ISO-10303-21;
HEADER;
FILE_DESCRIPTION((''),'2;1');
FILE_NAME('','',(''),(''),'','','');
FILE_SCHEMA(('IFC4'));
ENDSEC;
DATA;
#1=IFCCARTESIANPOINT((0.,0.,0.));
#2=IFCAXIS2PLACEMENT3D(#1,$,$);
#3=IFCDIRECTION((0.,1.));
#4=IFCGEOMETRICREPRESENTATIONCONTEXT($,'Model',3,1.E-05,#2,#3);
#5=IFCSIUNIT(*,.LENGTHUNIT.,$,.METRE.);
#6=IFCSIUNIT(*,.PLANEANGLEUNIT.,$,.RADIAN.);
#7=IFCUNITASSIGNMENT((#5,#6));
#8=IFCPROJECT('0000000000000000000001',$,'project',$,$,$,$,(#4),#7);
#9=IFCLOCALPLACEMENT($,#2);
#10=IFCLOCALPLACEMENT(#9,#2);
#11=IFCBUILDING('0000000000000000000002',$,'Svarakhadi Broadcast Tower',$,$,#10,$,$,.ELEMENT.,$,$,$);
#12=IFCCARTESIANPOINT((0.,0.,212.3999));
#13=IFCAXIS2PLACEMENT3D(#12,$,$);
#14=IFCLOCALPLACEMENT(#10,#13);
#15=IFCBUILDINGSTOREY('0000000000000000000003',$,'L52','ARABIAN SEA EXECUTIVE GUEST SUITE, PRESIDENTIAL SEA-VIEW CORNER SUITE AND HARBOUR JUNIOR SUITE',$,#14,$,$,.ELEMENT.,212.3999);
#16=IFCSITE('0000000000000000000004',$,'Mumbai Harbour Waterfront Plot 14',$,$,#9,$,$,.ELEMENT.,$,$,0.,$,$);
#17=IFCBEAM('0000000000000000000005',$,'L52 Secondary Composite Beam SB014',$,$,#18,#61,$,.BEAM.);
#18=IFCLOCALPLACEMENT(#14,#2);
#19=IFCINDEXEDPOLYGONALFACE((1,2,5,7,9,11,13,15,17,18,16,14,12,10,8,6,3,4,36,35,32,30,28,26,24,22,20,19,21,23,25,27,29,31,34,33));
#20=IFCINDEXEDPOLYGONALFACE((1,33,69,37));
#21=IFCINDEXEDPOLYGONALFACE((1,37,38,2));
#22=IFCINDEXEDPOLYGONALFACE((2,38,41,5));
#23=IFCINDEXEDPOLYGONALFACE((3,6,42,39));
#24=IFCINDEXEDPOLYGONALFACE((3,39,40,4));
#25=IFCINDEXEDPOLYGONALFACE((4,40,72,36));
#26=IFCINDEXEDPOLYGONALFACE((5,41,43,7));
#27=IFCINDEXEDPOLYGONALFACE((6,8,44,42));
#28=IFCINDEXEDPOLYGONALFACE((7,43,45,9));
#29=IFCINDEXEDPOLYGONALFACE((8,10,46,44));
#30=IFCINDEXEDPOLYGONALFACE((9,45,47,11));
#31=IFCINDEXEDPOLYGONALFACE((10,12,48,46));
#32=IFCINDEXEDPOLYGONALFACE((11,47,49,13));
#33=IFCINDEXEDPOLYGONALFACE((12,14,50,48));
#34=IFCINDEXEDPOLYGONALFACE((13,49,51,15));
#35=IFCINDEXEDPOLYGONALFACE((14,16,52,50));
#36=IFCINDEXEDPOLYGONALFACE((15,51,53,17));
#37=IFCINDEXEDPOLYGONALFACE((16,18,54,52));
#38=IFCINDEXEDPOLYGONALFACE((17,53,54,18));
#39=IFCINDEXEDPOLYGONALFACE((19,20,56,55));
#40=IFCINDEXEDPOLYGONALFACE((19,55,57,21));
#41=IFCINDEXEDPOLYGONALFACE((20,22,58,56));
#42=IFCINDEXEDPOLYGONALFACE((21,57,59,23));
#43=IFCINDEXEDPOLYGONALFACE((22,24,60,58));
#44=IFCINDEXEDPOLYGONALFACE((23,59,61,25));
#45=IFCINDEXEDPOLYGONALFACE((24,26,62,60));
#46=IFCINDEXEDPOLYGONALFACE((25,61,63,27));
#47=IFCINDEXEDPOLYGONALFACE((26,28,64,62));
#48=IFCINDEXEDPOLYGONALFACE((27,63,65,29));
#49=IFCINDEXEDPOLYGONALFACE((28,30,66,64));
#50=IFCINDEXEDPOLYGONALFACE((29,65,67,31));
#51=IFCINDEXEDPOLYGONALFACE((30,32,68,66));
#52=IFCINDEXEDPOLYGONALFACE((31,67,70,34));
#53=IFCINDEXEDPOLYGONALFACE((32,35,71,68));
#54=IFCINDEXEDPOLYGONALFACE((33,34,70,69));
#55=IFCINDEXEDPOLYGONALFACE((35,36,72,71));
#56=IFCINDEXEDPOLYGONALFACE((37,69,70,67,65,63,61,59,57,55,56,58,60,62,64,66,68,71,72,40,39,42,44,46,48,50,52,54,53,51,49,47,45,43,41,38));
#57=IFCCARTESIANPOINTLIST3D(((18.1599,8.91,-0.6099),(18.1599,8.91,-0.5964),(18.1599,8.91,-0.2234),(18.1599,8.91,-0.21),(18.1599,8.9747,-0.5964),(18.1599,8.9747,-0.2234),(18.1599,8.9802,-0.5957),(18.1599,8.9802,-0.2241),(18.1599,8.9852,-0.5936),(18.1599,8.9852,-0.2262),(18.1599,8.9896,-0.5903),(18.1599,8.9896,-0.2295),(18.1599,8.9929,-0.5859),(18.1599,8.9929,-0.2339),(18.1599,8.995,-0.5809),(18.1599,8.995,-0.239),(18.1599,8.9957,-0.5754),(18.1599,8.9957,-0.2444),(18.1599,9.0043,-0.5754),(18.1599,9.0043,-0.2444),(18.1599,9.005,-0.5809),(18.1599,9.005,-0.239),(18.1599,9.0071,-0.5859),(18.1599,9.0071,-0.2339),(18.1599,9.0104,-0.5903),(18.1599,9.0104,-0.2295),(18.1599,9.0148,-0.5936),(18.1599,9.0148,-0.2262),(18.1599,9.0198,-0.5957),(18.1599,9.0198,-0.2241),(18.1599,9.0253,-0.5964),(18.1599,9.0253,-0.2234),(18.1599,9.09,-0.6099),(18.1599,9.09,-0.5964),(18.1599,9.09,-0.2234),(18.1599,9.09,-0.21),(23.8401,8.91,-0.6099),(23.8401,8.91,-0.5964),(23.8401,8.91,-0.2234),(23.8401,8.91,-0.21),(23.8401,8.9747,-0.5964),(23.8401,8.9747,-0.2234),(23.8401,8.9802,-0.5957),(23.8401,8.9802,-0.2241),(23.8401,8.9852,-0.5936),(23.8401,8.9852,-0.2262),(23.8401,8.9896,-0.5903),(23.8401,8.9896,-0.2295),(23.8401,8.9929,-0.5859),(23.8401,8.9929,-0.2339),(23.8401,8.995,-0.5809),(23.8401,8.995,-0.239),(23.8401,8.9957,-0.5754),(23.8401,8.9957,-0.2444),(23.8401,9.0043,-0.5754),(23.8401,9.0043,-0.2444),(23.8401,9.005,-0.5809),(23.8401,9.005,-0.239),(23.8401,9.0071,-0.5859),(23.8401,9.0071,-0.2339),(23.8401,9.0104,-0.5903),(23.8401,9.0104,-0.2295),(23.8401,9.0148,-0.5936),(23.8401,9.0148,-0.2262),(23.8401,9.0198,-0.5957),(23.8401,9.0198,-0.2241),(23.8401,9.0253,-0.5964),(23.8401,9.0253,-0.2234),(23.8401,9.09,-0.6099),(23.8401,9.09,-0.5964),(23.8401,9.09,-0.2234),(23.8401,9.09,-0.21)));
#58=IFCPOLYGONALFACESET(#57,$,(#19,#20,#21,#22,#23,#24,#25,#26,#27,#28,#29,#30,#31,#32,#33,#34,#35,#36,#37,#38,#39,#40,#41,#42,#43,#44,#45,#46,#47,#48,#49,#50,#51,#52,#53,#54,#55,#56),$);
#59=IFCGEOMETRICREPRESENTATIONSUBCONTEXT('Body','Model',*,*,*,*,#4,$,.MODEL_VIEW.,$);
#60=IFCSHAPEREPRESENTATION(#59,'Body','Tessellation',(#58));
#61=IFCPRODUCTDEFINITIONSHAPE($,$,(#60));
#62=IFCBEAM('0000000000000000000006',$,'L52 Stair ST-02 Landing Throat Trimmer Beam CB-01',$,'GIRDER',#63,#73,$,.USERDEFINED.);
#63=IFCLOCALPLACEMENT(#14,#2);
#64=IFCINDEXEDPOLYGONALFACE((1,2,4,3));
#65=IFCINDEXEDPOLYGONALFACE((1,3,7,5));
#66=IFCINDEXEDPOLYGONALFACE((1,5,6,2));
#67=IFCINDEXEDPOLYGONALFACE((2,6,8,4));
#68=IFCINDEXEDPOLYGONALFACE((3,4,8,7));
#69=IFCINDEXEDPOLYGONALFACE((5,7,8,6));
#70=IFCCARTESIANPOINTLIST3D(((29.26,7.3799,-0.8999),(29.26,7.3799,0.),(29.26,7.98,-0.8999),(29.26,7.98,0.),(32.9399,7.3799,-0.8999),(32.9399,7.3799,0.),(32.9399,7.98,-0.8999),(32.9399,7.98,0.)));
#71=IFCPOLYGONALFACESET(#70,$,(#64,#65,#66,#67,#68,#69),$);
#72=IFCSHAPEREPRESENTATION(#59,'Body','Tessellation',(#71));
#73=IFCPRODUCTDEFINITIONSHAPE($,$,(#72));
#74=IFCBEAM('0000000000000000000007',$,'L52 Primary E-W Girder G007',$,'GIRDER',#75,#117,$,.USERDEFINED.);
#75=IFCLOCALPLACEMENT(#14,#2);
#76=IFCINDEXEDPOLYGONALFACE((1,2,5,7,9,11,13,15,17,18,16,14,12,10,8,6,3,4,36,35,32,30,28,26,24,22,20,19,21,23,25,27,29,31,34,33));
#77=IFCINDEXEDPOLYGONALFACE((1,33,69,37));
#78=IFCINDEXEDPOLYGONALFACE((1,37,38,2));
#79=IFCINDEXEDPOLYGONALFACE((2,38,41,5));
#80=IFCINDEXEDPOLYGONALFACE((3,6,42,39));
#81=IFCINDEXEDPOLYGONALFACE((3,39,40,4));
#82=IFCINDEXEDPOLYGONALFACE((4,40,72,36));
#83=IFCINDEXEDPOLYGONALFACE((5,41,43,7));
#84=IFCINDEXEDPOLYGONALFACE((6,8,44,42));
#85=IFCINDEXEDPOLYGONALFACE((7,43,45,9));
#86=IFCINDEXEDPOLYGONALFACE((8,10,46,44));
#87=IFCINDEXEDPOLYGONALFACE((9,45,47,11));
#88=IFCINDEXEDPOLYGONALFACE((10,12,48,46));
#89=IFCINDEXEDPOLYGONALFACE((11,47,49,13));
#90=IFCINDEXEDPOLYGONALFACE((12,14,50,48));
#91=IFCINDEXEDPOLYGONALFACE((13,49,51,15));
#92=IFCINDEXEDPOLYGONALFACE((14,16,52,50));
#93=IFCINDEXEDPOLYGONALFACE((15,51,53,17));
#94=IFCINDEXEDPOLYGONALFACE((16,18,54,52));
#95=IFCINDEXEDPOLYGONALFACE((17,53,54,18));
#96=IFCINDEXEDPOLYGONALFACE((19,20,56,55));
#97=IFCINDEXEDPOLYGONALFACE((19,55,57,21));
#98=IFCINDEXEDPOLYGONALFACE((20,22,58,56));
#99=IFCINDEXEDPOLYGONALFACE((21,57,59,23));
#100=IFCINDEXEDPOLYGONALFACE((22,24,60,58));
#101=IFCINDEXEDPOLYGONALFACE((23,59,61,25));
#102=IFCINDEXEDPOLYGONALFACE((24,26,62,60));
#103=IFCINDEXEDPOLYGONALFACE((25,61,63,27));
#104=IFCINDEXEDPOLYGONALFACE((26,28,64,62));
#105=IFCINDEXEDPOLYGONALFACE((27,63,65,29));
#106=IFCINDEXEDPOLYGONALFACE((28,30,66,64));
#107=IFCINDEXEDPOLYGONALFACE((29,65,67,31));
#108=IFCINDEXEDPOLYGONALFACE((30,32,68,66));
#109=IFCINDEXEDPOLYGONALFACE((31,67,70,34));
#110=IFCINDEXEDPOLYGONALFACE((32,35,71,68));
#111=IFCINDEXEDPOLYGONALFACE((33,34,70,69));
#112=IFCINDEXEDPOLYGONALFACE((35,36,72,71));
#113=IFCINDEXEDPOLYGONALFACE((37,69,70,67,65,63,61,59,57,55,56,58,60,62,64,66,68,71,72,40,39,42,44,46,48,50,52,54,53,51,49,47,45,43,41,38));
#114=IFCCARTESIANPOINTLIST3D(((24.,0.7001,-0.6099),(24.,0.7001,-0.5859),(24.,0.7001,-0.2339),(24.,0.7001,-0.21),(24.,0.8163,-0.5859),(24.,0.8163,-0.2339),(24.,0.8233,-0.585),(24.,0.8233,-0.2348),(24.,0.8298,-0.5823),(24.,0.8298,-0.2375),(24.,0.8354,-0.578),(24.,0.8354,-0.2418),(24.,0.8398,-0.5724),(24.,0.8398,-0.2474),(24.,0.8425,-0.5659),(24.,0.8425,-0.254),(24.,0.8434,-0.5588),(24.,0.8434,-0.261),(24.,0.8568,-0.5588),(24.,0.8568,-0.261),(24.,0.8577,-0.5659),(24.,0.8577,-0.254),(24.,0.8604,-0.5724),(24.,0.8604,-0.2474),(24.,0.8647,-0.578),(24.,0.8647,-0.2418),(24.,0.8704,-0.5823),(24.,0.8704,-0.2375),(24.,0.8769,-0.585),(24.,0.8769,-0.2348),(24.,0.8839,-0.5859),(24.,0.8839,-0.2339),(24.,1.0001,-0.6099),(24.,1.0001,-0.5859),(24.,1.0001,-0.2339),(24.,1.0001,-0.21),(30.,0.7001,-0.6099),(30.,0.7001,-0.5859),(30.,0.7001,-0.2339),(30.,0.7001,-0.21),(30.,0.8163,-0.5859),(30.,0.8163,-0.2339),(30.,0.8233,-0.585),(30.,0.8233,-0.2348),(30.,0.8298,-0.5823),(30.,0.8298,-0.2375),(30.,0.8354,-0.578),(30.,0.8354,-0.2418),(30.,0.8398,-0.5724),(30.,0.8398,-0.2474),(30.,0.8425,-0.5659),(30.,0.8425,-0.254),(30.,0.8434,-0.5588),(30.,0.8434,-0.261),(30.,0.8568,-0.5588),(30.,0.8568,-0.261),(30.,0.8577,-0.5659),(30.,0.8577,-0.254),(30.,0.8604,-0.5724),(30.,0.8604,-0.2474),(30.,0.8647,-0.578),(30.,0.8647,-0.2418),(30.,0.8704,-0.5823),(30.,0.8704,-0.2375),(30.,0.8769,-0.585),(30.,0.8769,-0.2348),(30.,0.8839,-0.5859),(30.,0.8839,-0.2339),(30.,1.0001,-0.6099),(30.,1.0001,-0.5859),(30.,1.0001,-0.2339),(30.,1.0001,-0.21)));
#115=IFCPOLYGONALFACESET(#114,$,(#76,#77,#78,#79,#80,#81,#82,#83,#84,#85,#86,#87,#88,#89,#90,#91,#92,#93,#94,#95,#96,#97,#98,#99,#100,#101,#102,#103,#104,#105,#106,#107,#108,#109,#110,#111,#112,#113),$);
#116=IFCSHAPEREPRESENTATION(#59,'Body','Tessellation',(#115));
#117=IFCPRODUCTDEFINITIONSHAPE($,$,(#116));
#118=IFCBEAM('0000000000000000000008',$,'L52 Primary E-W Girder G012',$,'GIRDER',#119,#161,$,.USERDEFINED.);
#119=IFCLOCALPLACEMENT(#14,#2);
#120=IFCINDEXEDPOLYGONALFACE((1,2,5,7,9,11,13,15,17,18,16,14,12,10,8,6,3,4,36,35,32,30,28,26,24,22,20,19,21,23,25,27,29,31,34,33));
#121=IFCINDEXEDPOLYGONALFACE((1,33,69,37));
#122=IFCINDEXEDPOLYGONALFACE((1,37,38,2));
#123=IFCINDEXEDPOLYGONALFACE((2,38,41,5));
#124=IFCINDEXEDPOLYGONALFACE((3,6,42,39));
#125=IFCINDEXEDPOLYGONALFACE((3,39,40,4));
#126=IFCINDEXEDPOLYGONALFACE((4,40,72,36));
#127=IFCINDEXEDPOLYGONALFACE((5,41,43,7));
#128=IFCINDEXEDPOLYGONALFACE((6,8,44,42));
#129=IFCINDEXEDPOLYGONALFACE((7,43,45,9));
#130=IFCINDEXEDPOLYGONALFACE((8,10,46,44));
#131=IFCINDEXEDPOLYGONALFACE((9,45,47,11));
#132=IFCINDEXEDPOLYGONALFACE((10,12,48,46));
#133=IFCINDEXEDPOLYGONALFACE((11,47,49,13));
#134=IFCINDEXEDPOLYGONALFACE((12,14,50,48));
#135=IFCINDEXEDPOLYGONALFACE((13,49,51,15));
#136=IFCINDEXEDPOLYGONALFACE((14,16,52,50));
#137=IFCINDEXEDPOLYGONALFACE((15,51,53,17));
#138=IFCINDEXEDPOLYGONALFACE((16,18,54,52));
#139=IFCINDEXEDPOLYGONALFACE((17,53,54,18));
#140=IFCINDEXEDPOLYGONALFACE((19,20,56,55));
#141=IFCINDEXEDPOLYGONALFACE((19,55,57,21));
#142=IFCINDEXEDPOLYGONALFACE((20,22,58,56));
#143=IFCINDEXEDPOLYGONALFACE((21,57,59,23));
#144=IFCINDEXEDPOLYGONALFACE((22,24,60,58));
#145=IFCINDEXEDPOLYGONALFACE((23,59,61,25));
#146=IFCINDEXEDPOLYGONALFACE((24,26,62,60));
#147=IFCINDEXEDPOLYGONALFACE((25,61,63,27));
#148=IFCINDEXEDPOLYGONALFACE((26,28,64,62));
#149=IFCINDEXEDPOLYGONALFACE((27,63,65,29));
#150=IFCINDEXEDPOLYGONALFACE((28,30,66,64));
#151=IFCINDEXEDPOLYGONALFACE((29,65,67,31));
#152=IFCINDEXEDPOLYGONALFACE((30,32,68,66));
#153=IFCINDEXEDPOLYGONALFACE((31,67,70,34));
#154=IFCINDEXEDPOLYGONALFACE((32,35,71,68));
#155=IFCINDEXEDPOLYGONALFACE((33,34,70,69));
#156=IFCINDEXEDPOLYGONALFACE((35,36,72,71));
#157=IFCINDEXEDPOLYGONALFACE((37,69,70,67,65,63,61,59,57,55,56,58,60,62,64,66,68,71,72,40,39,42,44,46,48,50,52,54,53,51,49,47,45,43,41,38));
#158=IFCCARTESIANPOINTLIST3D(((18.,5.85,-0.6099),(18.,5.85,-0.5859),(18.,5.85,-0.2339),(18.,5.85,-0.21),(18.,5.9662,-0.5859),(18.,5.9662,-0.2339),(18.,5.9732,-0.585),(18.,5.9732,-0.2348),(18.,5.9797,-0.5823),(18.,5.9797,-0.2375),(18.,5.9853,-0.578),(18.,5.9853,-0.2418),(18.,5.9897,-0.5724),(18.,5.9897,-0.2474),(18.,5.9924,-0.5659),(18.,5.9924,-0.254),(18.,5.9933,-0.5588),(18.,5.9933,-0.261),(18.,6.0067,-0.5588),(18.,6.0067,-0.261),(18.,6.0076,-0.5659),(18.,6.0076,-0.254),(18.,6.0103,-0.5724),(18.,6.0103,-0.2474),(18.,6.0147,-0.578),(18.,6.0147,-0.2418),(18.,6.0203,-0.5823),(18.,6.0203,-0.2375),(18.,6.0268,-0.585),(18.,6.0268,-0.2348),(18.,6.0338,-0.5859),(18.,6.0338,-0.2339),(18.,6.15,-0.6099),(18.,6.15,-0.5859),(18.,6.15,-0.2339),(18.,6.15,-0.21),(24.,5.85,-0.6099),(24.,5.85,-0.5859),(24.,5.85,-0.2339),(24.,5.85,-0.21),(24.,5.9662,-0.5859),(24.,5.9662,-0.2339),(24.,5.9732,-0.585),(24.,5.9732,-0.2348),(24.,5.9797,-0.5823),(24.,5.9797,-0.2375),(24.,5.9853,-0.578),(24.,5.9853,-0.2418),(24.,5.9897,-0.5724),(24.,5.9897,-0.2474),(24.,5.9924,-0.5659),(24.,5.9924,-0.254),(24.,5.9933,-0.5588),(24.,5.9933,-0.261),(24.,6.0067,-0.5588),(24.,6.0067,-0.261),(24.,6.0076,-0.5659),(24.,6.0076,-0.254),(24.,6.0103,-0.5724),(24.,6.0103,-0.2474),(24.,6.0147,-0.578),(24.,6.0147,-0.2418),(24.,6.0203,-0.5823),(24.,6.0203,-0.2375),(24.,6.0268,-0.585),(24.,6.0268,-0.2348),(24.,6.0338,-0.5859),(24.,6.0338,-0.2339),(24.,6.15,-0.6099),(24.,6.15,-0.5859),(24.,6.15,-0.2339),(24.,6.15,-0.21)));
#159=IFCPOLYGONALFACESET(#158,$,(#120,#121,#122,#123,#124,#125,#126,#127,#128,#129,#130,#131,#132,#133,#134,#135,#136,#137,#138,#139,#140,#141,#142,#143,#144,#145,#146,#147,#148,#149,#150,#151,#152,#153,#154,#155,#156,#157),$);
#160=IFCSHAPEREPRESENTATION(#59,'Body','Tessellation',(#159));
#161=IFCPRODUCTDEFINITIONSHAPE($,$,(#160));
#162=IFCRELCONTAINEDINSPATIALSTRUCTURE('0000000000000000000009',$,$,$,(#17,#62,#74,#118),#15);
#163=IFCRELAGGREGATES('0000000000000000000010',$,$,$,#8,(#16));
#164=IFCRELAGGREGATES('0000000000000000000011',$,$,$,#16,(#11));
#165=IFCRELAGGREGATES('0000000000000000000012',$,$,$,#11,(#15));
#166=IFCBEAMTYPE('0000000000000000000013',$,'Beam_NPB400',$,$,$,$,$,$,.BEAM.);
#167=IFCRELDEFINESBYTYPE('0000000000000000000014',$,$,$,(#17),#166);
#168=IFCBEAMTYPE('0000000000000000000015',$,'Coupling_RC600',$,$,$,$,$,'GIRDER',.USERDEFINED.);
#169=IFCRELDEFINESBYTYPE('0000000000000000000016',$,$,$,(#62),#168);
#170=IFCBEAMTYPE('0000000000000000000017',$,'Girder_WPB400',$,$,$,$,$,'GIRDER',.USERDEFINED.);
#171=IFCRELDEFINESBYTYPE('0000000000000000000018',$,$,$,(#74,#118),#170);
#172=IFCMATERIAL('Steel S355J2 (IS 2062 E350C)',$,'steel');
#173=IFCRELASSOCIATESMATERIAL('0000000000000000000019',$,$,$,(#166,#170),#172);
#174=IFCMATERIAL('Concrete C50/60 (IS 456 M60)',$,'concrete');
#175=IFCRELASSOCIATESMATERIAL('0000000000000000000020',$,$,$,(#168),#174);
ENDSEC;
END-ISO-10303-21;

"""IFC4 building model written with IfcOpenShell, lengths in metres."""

from ifc_helpers import new_model, si_unit, direction, frame, origin, origin_2d, place, context, subcontext, project, spatial, rectangle, i_section, extrude, material, material_profile, profile_set, type_object, element, save


model = new_model("IFC4")

# Units and contexts
model_context = context("Model", 3, precision=1e-05, world=origin(), true_north=direction((0.0, 1.0)))
body_context = subcontext(model_context, "Body", "Model", "MODEL_VIEW")
ifc_project = project(units=[si_unit("LENGTHUNIT", "METRE"), si_unit("PLANEANGLEUNIT", "RADIAN")], contexts=[model_context])

# Site, building, storey
site_placement = place(None, origin())
site = spatial("IfcSite", under=ifc_project, at=site_placement, Name="Mumbai Harbour Waterfront Plot 14", CompositionType="ELEMENT", RefElevation=0.0)
building_placement = place(site_placement, origin())
building = spatial("IfcBuilding", under=site, at=building_placement, Name="Svarakhadi Broadcast Tower", CompositionType="ELEMENT")
storey_placement = place(building_placement, frame((0.0, 0.0, 212.3999)))
storey = spatial("IfcBuildingStorey", under=building, at=storey_placement, Name="L52", Description="ARABIAN SEA EXECUTIVE GUEST SUITE, PRESIDENTIAL SEA-VIEW CORNER SUITE AND HARBOUR JUNIOR SUITE", CompositionType="ELEMENT", Elevation=212.3999)

# Shared definitions
ifc_material_1 = material(Name="Concrete C50/60 (IS 456 M60)", Category="concrete")

# Beams
ifc_material_2 = material(Name="Steel S355J2 (IS 2062 E350C)", Category="steel")
ifc_material_profile_1 = material_profile(ifc_material_2, i_section(OverallWidth=0.1799, OverallDepth=0.3999, WebThickness=0.0085, FlangeThickness=0.0134, FilletRadius=0.021, at=origin_2d()), Name="NPB 400x180x66")
ifc_profile_set_1 = profile_set([ifc_material_profile_1], Name="Steel S355J2 (IS 2062 E350C)")
beam_type_1 = type_object("IfcBeamType", Name="Beam_NPB400", PredefinedType="BEAM", material=ifc_profile_set_1)
for number, where, z_axis, x_axis, name in (
    (1, (18.1599, 9.0, -0.4099), (1.0, 0.0, 0.0), (0.0, 1.0, 0.0), "L52 Secondary Composite Beam SB014"),
):
    element("IfcBeam", number, at=place(storey_placement, frame(where, z_axis=z_axis, x_axis=x_axis)), inside=storey, type_object=beam_type_1, Name=name, PredefinedType="BEAM", context=body_context, shape_type="SweptSolid", body=[
        extrude(i_section(OverallWidth=0.1799, OverallDepth=0.3999, WebThickness=0.0085, FlangeThickness=0.0134, FilletRadius=0.021, at=origin_2d()), origin(), (0.0, 0.0, 1.0), 5.6802),
    ])
ifc_material_profile_2 = material_profile(ifc_material_1, rectangle(XDim=0.6001, YDim=0.8999, at=origin_2d()), Name="RC 600x900")
ifc_profile_set_2 = profile_set([ifc_material_profile_2], Name="Concrete C50/60 (IS 456 M60)")
beam_type_2 = type_object("IfcBeamType", Name="Coupling_RC600", ElementType="GIRDER", PredefinedType="USERDEFINED", material=ifc_profile_set_2)
beam_1_placement = place(storey_placement, frame((29.26, 7.6799, -0.45), z_axis=(1.0, 0.0, 0.0), x_axis=(0.0, 1.0, 0.0)))
element("IfcBeam", 2, at=beam_1_placement, inside=storey, type_object=beam_type_2, Name="L52 Stair ST-02 Landing Throat Trimmer Beam CB-01", ObjectType="GIRDER", PredefinedType="USERDEFINED", context=body_context, shape_type="SweptSolid", body=[
    extrude(rectangle(XDim=0.6001, YDim=0.8999, at=origin_2d()), origin(), (0.0, 0.0, 1.0), 3.6799),
])
ifc_material_profile_3 = material_profile(ifc_material_2, i_section(OverallWidth=0.3, OverallDepth=0.3999, WebThickness=0.0134, FlangeThickness=0.0239, FilletRadius=0.0271, at=origin_2d()), Name="WPB 400x300x155")
ifc_profile_set_3 = profile_set([ifc_material_profile_3], Name="Steel S355J2 (IS 2062 E350C)")
beam_type_3 = type_object("IfcBeamType", Name="Girder_WPB400", ElementType="GIRDER", PredefinedType="USERDEFINED", material=ifc_profile_set_3)
for number, where, z_axis, x_axis, name in (
    (3, (24.0, 0.8501, -0.4099), (1.0, 0.0, 0.0), (0.0, 1.0, 0.0), "L52 Primary E-W Girder G007"),
    (4, (18.0, 6.0, -0.4099), (1.0, 0.0, 0.0), (0.0, 1.0, 0.0), "L52 Primary E-W Girder G012"),
):
    element("IfcBeam", number, at=place(storey_placement, frame(where, z_axis=z_axis, x_axis=x_axis)), inside=storey, type_object=beam_type_3, Name=name, ObjectType="GIRDER", PredefinedType="USERDEFINED", context=body_context, shape_type="SweptSolid", body=[
        extrude(i_section(OverallWidth=0.3, OverallDepth=0.3999, WebThickness=0.0134, FlangeThickness=0.0239, FilletRadius=0.0271, at=origin_2d()), origin(), (0.0, 0.0, 1.0), 6.0),
    ])

save(model, "model.ifc")
